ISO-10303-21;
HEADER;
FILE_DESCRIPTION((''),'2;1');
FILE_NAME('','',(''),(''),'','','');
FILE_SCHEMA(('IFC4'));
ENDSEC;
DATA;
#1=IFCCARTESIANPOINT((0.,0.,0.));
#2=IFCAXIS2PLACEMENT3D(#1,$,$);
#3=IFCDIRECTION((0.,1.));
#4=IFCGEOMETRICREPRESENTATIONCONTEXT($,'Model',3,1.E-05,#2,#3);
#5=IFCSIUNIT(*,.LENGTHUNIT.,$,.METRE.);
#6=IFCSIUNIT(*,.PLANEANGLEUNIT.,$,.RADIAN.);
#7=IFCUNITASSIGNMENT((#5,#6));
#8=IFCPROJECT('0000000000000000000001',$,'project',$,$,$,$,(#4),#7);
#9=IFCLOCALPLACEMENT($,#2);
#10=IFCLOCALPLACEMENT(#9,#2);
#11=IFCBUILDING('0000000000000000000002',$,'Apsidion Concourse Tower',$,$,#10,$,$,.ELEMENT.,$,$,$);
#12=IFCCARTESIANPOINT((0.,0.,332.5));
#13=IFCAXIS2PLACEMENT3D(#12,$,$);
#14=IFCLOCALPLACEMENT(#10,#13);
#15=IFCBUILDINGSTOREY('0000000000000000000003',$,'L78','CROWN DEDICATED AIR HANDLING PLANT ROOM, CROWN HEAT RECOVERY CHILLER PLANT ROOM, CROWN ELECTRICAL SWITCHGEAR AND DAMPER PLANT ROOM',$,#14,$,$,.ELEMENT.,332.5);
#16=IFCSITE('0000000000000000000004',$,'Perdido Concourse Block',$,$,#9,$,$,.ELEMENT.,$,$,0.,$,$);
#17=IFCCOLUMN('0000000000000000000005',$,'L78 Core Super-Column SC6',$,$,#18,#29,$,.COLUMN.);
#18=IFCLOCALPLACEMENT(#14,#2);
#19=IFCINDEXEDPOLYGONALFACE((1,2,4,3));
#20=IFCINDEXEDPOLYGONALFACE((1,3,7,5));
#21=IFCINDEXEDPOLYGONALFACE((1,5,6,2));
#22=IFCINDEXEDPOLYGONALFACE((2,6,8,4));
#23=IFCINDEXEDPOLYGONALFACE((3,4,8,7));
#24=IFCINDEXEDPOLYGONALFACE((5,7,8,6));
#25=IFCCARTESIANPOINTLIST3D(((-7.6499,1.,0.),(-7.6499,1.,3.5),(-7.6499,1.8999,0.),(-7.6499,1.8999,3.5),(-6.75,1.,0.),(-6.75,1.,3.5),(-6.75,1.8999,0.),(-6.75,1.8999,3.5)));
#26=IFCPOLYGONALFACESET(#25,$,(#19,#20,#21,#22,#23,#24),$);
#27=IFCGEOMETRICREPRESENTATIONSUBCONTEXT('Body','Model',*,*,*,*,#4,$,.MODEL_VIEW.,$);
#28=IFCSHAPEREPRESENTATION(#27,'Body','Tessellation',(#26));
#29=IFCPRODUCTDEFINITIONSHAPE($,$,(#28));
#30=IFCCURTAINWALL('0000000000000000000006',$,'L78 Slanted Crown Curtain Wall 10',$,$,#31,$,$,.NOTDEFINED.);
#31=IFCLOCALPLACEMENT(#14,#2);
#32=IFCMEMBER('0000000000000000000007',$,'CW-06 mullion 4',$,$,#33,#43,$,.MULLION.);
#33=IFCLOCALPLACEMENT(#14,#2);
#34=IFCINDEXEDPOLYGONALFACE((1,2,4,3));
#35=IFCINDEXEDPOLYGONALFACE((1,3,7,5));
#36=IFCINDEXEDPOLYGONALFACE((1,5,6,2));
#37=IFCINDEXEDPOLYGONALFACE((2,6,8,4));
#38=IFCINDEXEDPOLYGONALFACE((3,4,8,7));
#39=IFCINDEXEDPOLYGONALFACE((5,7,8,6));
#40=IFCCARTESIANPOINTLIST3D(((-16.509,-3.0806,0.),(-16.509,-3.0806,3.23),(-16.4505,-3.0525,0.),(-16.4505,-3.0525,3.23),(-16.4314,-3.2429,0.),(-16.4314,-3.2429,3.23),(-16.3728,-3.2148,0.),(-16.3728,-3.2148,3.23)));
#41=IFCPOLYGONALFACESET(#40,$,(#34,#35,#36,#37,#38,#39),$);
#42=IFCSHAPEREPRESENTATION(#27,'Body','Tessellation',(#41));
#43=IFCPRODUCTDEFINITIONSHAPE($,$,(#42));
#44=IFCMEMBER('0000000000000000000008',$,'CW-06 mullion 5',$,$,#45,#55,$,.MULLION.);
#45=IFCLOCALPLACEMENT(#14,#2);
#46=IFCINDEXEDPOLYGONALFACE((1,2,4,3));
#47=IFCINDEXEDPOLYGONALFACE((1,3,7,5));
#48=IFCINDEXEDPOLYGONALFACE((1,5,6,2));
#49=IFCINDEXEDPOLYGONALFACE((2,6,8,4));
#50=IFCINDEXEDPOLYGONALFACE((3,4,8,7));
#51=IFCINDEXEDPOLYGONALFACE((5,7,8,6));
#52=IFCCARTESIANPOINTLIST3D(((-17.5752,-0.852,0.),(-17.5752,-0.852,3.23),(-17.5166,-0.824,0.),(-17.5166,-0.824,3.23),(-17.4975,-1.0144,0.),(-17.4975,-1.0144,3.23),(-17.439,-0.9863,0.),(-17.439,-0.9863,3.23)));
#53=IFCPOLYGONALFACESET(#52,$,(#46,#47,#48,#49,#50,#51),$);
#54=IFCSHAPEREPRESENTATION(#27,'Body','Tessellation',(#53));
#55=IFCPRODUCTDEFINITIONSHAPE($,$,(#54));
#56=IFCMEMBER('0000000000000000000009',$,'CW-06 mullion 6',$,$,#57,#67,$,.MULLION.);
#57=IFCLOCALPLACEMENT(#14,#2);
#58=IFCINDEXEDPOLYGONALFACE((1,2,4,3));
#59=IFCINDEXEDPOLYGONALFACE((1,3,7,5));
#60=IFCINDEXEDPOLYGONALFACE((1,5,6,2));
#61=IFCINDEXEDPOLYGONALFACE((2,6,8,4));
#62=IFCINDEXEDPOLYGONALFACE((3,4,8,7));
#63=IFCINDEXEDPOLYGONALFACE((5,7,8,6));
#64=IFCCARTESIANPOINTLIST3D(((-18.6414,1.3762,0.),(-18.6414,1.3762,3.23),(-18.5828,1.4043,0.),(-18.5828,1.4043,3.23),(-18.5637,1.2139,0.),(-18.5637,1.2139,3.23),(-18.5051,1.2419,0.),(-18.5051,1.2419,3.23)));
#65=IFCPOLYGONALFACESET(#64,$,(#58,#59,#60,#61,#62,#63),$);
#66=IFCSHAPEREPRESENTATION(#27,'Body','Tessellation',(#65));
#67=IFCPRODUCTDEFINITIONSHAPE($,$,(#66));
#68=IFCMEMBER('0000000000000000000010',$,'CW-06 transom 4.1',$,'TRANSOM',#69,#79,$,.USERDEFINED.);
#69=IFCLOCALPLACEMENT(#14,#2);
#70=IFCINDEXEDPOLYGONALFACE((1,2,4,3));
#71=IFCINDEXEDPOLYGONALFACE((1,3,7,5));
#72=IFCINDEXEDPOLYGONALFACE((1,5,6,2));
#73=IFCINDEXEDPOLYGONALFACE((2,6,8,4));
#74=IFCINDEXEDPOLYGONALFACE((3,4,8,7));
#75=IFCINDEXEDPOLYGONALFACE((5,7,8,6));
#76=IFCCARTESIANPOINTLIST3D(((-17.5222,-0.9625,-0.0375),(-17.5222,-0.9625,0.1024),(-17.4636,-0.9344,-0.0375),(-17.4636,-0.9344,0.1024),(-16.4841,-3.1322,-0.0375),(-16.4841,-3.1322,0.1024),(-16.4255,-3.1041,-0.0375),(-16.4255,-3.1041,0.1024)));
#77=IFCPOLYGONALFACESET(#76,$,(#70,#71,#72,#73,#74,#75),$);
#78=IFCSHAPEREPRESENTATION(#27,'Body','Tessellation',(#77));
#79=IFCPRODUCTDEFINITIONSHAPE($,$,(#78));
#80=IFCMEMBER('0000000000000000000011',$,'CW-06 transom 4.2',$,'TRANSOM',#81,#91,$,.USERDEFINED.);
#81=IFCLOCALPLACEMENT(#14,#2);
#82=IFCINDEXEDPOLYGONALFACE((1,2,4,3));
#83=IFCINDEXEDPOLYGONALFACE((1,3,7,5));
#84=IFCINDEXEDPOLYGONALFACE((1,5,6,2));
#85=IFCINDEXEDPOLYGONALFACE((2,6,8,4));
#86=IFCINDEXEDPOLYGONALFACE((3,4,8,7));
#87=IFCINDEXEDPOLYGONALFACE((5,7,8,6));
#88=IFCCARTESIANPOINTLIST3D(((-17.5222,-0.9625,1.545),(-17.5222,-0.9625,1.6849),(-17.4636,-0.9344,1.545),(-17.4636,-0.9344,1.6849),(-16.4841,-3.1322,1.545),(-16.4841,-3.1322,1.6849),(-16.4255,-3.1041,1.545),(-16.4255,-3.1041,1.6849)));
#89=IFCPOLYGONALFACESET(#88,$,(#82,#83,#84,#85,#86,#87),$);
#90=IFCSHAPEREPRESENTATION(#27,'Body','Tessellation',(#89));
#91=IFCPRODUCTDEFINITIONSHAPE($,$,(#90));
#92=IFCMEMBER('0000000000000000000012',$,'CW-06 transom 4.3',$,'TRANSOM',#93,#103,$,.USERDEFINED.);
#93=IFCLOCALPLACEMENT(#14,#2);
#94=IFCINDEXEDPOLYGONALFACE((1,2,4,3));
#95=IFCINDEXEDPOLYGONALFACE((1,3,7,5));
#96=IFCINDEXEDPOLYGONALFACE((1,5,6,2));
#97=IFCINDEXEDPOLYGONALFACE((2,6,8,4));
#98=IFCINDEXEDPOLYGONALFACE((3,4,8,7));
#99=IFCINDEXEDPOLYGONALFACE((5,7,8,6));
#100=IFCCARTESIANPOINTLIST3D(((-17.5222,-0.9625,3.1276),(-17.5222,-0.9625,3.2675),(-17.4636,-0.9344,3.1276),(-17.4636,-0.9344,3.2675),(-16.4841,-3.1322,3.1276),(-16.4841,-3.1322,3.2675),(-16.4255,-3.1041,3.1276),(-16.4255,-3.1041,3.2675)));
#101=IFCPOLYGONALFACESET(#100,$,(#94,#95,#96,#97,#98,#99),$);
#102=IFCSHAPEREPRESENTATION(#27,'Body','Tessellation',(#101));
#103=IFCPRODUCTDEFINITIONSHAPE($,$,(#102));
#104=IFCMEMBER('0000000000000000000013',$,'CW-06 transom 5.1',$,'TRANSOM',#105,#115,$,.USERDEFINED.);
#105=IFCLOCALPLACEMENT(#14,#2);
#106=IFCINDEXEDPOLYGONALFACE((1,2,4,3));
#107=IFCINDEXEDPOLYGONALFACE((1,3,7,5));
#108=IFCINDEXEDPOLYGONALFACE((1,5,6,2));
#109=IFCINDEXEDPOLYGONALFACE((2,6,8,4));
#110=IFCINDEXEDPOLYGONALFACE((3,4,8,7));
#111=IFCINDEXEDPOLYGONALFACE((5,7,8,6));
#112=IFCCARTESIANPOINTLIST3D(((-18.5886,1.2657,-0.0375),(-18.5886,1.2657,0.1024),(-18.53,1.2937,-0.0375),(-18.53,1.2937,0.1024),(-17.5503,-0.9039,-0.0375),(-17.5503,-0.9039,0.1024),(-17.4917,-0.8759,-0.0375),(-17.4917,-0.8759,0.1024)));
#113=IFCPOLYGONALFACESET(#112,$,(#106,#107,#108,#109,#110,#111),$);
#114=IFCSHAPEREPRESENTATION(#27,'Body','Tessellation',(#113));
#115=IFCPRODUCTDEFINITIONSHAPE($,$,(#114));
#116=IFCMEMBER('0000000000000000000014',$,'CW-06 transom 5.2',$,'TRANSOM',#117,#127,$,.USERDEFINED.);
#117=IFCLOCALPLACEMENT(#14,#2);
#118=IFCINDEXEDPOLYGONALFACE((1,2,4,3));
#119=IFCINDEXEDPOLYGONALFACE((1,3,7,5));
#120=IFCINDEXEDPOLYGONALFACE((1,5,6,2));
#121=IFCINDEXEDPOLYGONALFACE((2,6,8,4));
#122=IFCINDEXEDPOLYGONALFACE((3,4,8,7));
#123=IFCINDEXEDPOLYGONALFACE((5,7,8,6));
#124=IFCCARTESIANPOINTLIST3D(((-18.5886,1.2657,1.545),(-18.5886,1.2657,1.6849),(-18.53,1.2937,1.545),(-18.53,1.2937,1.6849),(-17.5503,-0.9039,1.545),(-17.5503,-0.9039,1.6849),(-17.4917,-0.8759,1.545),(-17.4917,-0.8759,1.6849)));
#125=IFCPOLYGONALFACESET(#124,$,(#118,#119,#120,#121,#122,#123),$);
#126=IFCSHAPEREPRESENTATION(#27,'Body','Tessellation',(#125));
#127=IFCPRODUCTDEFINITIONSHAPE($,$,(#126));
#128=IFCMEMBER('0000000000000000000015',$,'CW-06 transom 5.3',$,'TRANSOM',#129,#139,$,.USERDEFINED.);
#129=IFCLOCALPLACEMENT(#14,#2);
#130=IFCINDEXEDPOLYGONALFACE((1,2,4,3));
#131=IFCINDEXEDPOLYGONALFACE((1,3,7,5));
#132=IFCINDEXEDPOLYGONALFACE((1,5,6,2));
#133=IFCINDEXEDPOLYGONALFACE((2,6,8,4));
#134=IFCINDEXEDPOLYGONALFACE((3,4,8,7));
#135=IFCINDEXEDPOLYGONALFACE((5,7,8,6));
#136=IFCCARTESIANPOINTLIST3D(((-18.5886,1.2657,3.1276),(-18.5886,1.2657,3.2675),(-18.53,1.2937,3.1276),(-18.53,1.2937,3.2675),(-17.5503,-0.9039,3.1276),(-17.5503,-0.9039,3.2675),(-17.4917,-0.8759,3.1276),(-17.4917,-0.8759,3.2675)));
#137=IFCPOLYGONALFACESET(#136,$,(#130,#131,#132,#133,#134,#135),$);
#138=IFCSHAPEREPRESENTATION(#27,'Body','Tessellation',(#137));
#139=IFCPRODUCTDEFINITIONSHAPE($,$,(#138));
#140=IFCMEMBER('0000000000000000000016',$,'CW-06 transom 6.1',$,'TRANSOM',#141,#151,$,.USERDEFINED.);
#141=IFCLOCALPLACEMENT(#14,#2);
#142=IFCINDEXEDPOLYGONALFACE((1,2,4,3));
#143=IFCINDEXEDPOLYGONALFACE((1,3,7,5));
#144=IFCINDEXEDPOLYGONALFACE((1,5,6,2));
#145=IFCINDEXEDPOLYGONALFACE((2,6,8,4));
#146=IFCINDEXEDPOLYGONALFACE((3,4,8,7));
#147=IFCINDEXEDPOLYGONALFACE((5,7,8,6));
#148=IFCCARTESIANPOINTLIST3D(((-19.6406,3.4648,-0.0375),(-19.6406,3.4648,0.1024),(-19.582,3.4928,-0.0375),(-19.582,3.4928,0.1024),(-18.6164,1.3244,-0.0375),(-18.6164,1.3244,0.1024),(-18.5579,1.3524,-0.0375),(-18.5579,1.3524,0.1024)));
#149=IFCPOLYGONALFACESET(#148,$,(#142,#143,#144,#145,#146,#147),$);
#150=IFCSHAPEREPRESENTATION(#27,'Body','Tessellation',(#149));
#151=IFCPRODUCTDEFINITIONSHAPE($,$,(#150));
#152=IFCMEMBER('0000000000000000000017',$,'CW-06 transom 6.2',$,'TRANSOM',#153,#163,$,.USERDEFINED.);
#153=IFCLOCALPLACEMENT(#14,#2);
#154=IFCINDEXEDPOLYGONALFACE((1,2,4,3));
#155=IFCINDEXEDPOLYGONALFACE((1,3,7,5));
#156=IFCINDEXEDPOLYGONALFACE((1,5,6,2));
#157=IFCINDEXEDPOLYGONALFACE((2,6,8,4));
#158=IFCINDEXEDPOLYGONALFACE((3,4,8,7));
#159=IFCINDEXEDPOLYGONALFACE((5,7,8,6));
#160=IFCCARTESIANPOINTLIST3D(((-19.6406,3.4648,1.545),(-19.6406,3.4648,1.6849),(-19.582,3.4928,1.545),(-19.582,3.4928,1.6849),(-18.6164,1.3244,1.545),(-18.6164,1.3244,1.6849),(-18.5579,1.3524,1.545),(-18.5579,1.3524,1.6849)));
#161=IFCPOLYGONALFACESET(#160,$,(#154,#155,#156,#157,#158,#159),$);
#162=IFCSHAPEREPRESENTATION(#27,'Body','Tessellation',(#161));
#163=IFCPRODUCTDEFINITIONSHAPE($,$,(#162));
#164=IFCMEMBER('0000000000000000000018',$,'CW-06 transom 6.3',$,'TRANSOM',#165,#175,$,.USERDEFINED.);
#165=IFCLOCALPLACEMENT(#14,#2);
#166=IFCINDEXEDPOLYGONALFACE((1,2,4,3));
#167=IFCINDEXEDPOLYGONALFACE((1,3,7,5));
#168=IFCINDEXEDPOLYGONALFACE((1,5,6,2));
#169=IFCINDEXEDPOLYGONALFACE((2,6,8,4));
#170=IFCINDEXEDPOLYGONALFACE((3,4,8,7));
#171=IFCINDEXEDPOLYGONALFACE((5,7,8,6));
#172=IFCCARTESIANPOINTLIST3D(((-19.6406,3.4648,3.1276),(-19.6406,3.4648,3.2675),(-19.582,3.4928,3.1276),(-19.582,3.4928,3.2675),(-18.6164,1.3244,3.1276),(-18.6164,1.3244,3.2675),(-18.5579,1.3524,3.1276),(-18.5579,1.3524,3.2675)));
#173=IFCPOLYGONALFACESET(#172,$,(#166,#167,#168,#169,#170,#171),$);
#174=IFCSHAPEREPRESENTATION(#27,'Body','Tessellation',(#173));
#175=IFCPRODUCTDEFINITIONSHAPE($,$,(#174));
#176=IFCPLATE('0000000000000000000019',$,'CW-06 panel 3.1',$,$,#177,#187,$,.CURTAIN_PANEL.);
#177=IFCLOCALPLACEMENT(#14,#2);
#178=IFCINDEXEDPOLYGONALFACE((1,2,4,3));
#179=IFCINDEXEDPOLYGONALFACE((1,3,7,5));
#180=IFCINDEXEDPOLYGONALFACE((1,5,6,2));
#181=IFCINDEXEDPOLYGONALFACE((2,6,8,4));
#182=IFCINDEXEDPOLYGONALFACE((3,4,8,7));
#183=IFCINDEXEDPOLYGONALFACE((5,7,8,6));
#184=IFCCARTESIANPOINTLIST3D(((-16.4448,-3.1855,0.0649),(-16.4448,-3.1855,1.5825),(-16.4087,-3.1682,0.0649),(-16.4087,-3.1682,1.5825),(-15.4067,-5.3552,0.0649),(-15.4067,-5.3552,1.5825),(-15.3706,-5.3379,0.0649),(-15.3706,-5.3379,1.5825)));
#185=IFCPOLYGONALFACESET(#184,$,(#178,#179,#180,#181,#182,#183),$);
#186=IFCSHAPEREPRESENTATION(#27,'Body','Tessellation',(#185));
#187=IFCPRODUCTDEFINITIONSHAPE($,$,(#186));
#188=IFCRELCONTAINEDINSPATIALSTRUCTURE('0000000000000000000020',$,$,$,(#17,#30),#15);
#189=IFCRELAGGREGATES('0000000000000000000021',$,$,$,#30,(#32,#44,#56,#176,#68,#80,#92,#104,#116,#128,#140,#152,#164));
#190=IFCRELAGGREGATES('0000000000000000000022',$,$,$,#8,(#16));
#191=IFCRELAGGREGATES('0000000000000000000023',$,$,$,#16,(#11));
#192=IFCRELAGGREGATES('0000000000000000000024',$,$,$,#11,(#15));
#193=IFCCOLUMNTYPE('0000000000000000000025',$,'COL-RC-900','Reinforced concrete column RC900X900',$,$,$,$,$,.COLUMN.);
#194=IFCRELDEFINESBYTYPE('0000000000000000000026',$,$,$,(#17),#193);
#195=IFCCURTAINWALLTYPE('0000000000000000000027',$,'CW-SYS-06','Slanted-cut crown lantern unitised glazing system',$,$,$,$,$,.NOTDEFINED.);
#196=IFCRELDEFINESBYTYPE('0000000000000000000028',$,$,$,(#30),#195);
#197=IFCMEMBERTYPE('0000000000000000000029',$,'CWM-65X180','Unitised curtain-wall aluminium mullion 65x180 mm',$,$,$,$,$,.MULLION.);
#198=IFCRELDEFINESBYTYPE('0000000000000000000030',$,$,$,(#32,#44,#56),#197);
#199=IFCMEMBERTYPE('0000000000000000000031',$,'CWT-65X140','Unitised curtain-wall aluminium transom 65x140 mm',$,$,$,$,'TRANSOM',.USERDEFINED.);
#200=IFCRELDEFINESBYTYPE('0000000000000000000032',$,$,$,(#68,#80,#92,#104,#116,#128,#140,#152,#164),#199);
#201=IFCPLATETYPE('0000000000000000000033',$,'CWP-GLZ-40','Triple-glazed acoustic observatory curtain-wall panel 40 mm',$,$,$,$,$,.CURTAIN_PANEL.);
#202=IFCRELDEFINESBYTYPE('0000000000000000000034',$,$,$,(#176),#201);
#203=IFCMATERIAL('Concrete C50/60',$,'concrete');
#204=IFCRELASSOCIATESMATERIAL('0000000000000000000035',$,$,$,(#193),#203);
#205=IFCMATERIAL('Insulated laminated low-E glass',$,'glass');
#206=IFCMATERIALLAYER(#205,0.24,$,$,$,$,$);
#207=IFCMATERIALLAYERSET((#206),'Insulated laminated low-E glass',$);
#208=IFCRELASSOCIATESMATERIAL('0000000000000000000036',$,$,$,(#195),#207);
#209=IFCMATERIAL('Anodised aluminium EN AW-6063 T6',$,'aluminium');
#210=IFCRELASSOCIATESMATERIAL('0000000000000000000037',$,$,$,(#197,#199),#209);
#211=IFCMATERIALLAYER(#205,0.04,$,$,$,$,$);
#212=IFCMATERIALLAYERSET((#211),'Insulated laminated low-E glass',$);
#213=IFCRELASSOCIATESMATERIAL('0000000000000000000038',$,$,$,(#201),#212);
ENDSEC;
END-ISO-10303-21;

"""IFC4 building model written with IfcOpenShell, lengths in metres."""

from ifc_helpers import new_model, si_unit, direction, frame, origin, origin_2d, place, context, subcontext, project, spatial, rectangle, extrude, material, layer, layer_set, material_profile, profile_set, type_object, element, aggregate, save


model = new_model("IFC4")

# Units and contexts
model_context = context("Model", 3, precision=1e-05, world=origin(), true_north=direction((0.0, 1.0)))
body_context = subcontext(model_context, "Body", "Model", "MODEL_VIEW")
ifc_project = project(units=[si_unit("LENGTHUNIT", "METRE"), si_unit("PLANEANGLEUNIT", "RADIAN")], contexts=[model_context])

# Site, building, storey
site_placement = place(None, origin())
site = spatial("IfcSite", under=ifc_project, at=site_placement, Name="Perdido Concourse Block", CompositionType="ELEMENT", RefElevation=0.0)
building_placement = place(site_placement, origin())
building = spatial("IfcBuilding", under=site, at=building_placement, Name="Apsidion Concourse Tower", CompositionType="ELEMENT")
storey_placement = place(building_placement, frame((0.0, 0.0, 332.5)))
storey = spatial("IfcBuildingStorey", under=building, at=storey_placement, Name="L78", Description="CROWN DEDICATED AIR HANDLING PLANT ROOM, CROWN HEAT RECOVERY CHILLER PLANT ROOM, CROWN ELECTRICAL SWITCHGEAR AND DAMPER PLANT ROOM", CompositionType="ELEMENT", Elevation=332.5)

# Column
ifc_material_1 = material(Name="Concrete C50/60", Category="concrete")
ifc_material_profile_1 = material_profile(ifc_material_1, rectangle(XDim=0.8999, YDim=0.8999, at=origin_2d()), Name="RC 900x900")
ifc_profile_set_1 = profile_set([ifc_material_profile_1], Name="Concrete C50/60")
column_type = type_object("IfcColumnType", Name="COL-RC-900", Description="Reinforced concrete column RC900X900", PredefinedType="COLUMN", material=ifc_profile_set_1)
column_placement = place(storey_placement, frame((-7.2, 1.45, 0.0), z_axis=(0.0, 0.0, 1.0), x_axis=(1.0, 0.0, 0.0)))
element("IfcColumn", 1, at=column_placement, inside=storey, type_object=column_type, Name="L78 Core Super-Column SC6", PredefinedType="COLUMN", context=body_context, shape_type="SweptSolid", body=[
    extrude(rectangle(XDim=0.8999, YDim=0.8999, at=origin_2d()), origin(), (0.0, 0.0, 1.0), 3.5),
])

# Curtain wall, members, plate
ifc_material_2 = material(Name="Insulated laminated low-E glass", Category="glass")
ifc_layer_1 = layer(ifc_material_2, 0.24)
ifc_layer_set_1 = layer_set([ifc_layer_1], Name="Insulated laminated low-E glass")
curtain_wall_type = type_object("IfcCurtainWallType", Name="CW-SYS-06", Description="Slanted-cut crown lantern unitised glazing system", PredefinedType="NOTDEFINED", material=ifc_layer_set_1)
curtain_wall_placement = place(storey_placement, origin())
curtain_wall = element("IfcCurtainWall", 2, at=curtain_wall_placement, inside=storey, type_object=curtain_wall_type, Name="L78 Slanted Crown Curtain Wall 10", PredefinedType="NOTDEFINED")
ifc_material_3 = material(Name="Anodised aluminium EN AW-6063 T6", Category="aluminium")
ifc_material_profile_2 = material_profile(ifc_material_3, rectangle(XDim=0.0649, YDim=0.1799, at=origin_2d()), Name="ALU MULLION 65x180")
ifc_profile_set_2 = profile_set([ifc_material_profile_2], Name="Anodised aluminium EN AW-6063 T6")
member_type_1 = type_object("IfcMemberType", Name="CWM-65X180", Description="Unitised curtain-wall aluminium mullion 65x180 mm", PredefinedType="MULLION", material=ifc_profile_set_2)
member_1_placement = place(storey_placement, frame((-16.4409, -3.1477, 0.0), z_axis=(0.0, 0.0, 1.0), x_axis=(-0.902067, -0.431596, 0.0)))
member_1 = element("IfcMember", 3, at=member_1_placement, type_object=member_type_1, Name="CW-06 mullion 4", PredefinedType="MULLION", context=body_context, shape_type="SweptSolid", body=[
    extrude(rectangle(XDim=0.0649, YDim=0.1799, at=origin_2d()), origin(), (0.0, 0.0, 1.0), 3.23),
])
member_2_placement = place(storey_placement, frame((-17.5071, -0.9192, 0.0), z_axis=(0.0, 0.0, 1.0), x_axis=(-0.902067, -0.431596, 0.0)))
member_2 = element("IfcMember", 4, at=member_2_placement, type_object=member_type_1, Name="CW-06 mullion 5", PredefinedType="MULLION", context=body_context, shape_type="SweptSolid", body=[
    extrude(rectangle(XDim=0.0649, YDim=0.1799, at=origin_2d()), origin(), (0.0, 0.0, 1.0), 3.23),
])
member_3_placement = place(storey_placement, frame((-18.5732, 1.3091, 0.0), z_axis=(0.0, 0.0, 1.0), x_axis=(-0.902067, -0.431596, 0.0)))
member_3 = element("IfcMember", 5, at=member_3_placement, type_object=member_type_1, Name="CW-06 mullion 6", PredefinedType="MULLION", context=body_context, shape_type="SweptSolid", body=[
    extrude(rectangle(XDim=0.0649, YDim=0.1799, at=origin_2d()), origin(), (0.0, 0.0, 1.0), 3.23),
])
ifc_material_profile_3 = material_profile(ifc_material_3, rectangle(XDim=0.0649, YDim=0.1399, at=origin_2d()), Name="ALU TRANSOM 65x140")
ifc_profile_set_3 = profile_set([ifc_material_profile_3], Name="Anodised aluminium EN AW-6063 T6")
member_type_2 = type_object("IfcMemberType", Name="CWT-65X140", Description="Unitised curtain-wall aluminium transom 65x140 mm", ElementType="TRANSOM", PredefinedType="USERDEFINED", material=ifc_profile_set_3)
member_4_placement = place(storey_placement, frame((-16.4548, -3.1182, 0.0325), z_axis=(-0.431596, 0.902067, 0.0), x_axis=(-0.902067, -0.431596, 0.0)))
member_4 = element("IfcMember", 6, at=member_4_placement, type_object=member_type_2, Name="CW-06 transom 4.1", ObjectType="TRANSOM", PredefinedType="USERDEFINED", context=body_context, shape_type="SweptSolid", body=[
    extrude(rectangle(XDim=0.0649, YDim=0.1399, at=origin_2d()), origin(), (0.0, 0.0, 1.0), 2.4053),
])
member_5_placement = place(storey_placement, frame((-16.4548, -3.1182, 1.615), z_axis=(-0.431596, 0.902067, 0.0), x_axis=(-0.902067, -0.431596, 0.0)))
member_5 = element("IfcMember", 7, at=member_5_placement, type_object=member_type_2, Name="CW-06 transom 4.2", ObjectType="TRANSOM", PredefinedType="USERDEFINED", context=body_context, shape_type="SweptSolid", body=[
    extrude(rectangle(XDim=0.0649, YDim=0.1399, at=origin_2d()), origin(), (0.0, 0.0, 1.0), 2.4053),
])
member_6_placement = place(storey_placement, frame((-16.4548, -3.1182, 3.1975), z_axis=(-0.431596, 0.902067, 0.0), x_axis=(-0.902067, -0.431596, 0.0)))
member_6 = element("IfcMember", 8, at=member_6_placement, type_object=member_type_2, Name="CW-06 transom 4.3", ObjectType="TRANSOM", PredefinedType="USERDEFINED", context=body_context, shape_type="SweptSolid", body=[
    extrude(rectangle(XDim=0.0649, YDim=0.1399, at=origin_2d()), origin(), (0.0, 0.0, 1.0), 2.4053),
])
member_7_placement = place(storey_placement, frame((-17.521, -0.8899, 0.0325), z_axis=(-0.431678, 0.902028, 0.0), x_axis=(-0.902028, -0.431678, 0.0)))
member_7 = element("IfcMember", 9, at=member_7_placement, type_object=member_type_2, Name="CW-06 transom 5.1", ObjectType="TRANSOM", PredefinedType="USERDEFINED", context=body_context, shape_type="SweptSolid", body=[
    extrude(rectangle(XDim=0.0649, YDim=0.1399, at=origin_2d()), origin(), (0.0, 0.0, 1.0), 2.4053),
])
member_8_placement = place(storey_placement, frame((-17.521, -0.8899, 1.615), z_axis=(-0.431678, 0.902028, 0.0), x_axis=(-0.902028, -0.431678, 0.0)))
member_8 = element("IfcMember", 10, at=member_8_placement, type_object=member_type_2, Name="CW-06 transom 5.2", ObjectType="TRANSOM", PredefinedType="USERDEFINED", context=body_context, shape_type="SweptSolid", body=[
    extrude(rectangle(XDim=0.0649, YDim=0.1399, at=origin_2d()), origin(), (0.0, 0.0, 1.0), 2.4053),
])
member_9_placement = place(storey_placement, frame((-17.521, -0.8899, 3.1975), z_axis=(-0.431678, 0.902028, 0.0), x_axis=(-0.902028, -0.431678, 0.0)))
member_9 = element("IfcMember", 11, at=member_9_placement, type_object=member_type_2, Name="CW-06 transom 5.3", ObjectType="TRANSOM", PredefinedType="USERDEFINED", context=body_context, shape_type="SweptSolid", body=[
    extrude(rectangle(XDim=0.0649, YDim=0.1399, at=origin_2d()), origin(), (0.0, 0.0, 1.0), 2.4053),
])
member_10_placement = place(storey_placement, frame((-18.5872, 1.3384, 0.0325), z_axis=(-0.43163, 0.902051, 0.0), x_axis=(-0.902051, -0.43163, 0.0)))
member_10 = element("IfcMember", 12, at=member_10_placement, type_object=member_type_2, Name="CW-06 transom 6.1", ObjectType="TRANSOM", PredefinedType="USERDEFINED", context=body_context, shape_type="SweptSolid", body=[
    extrude(rectangle(XDim=0.0649, YDim=0.1399, at=origin_2d()), origin(), (0.0, 0.0, 1.0), 2.3728),
])
member_11_placement = place(storey_placement, frame((-18.5872, 1.3384, 1.615), z_axis=(-0.43163, 0.902051, 0.0), x_axis=(-0.902051, -0.43163, 0.0)))
member_11 = element("IfcMember", 13, at=member_11_placement, type_object=member_type_2, Name="CW-06 transom 6.2", ObjectType="TRANSOM", PredefinedType="USERDEFINED", context=body_context, shape_type="SweptSolid", body=[
    extrude(rectangle(XDim=0.0649, YDim=0.1399, at=origin_2d()), origin(), (0.0, 0.0, 1.0), 2.3728),
])
member_12_placement = place(storey_placement, frame((-18.5872, 1.3384, 3.1975), z_axis=(-0.43163, 0.902051, 0.0), x_axis=(-0.902051, -0.43163, 0.0)))
member_12 = element("IfcMember", 14, at=member_12_placement, type_object=member_type_2, Name="CW-06 transom 6.3", ObjectType="TRANSOM", PredefinedType="USERDEFINED", context=body_context, shape_type="SweptSolid", body=[
    extrude(rectangle(XDim=0.0649, YDim=0.1399, at=origin_2d()), origin(), (0.0, 0.0, 1.0), 2.3728),
])
ifc_layer_2 = layer(ifc_material_2, 0.04)
ifc_layer_set_2 = layer_set([ifc_layer_2], Name="Insulated laminated low-E glass")
plate_type = type_object("IfcPlateType", Name="CWP-GLZ-40", Description="Triple-glazed acoustic observatory curtain-wall panel 40 mm", PredefinedType="CURTAIN_PANEL", material=ifc_layer_set_2)
plate_1_placement = place(storey_placement, frame((-15.9077, -4.2617, 0.0649), z_axis=(0.0, 0.0, 1.0), x_axis=(-0.431596, 0.902067, 0.0)))
plate_1 = element("IfcPlate", 15, at=plate_1_placement, type_object=plate_type, Name="CW-06 panel 3.1", PredefinedType="CURTAIN_PANEL", context=body_context, shape_type="SweptSolid", body=[
    extrude(rectangle(XDim=2.4053, YDim=0.04, at=origin_2d()), origin(), (0.0, 0.0, 1.0), 1.5176),
])
aggregate(curtain_wall, [member_1, member_2, member_3, plate_1, member_4, member_5, member_6, member_7, member_8, member_9, member_10, member_11, member_12])

save(model, "model.ifc")
